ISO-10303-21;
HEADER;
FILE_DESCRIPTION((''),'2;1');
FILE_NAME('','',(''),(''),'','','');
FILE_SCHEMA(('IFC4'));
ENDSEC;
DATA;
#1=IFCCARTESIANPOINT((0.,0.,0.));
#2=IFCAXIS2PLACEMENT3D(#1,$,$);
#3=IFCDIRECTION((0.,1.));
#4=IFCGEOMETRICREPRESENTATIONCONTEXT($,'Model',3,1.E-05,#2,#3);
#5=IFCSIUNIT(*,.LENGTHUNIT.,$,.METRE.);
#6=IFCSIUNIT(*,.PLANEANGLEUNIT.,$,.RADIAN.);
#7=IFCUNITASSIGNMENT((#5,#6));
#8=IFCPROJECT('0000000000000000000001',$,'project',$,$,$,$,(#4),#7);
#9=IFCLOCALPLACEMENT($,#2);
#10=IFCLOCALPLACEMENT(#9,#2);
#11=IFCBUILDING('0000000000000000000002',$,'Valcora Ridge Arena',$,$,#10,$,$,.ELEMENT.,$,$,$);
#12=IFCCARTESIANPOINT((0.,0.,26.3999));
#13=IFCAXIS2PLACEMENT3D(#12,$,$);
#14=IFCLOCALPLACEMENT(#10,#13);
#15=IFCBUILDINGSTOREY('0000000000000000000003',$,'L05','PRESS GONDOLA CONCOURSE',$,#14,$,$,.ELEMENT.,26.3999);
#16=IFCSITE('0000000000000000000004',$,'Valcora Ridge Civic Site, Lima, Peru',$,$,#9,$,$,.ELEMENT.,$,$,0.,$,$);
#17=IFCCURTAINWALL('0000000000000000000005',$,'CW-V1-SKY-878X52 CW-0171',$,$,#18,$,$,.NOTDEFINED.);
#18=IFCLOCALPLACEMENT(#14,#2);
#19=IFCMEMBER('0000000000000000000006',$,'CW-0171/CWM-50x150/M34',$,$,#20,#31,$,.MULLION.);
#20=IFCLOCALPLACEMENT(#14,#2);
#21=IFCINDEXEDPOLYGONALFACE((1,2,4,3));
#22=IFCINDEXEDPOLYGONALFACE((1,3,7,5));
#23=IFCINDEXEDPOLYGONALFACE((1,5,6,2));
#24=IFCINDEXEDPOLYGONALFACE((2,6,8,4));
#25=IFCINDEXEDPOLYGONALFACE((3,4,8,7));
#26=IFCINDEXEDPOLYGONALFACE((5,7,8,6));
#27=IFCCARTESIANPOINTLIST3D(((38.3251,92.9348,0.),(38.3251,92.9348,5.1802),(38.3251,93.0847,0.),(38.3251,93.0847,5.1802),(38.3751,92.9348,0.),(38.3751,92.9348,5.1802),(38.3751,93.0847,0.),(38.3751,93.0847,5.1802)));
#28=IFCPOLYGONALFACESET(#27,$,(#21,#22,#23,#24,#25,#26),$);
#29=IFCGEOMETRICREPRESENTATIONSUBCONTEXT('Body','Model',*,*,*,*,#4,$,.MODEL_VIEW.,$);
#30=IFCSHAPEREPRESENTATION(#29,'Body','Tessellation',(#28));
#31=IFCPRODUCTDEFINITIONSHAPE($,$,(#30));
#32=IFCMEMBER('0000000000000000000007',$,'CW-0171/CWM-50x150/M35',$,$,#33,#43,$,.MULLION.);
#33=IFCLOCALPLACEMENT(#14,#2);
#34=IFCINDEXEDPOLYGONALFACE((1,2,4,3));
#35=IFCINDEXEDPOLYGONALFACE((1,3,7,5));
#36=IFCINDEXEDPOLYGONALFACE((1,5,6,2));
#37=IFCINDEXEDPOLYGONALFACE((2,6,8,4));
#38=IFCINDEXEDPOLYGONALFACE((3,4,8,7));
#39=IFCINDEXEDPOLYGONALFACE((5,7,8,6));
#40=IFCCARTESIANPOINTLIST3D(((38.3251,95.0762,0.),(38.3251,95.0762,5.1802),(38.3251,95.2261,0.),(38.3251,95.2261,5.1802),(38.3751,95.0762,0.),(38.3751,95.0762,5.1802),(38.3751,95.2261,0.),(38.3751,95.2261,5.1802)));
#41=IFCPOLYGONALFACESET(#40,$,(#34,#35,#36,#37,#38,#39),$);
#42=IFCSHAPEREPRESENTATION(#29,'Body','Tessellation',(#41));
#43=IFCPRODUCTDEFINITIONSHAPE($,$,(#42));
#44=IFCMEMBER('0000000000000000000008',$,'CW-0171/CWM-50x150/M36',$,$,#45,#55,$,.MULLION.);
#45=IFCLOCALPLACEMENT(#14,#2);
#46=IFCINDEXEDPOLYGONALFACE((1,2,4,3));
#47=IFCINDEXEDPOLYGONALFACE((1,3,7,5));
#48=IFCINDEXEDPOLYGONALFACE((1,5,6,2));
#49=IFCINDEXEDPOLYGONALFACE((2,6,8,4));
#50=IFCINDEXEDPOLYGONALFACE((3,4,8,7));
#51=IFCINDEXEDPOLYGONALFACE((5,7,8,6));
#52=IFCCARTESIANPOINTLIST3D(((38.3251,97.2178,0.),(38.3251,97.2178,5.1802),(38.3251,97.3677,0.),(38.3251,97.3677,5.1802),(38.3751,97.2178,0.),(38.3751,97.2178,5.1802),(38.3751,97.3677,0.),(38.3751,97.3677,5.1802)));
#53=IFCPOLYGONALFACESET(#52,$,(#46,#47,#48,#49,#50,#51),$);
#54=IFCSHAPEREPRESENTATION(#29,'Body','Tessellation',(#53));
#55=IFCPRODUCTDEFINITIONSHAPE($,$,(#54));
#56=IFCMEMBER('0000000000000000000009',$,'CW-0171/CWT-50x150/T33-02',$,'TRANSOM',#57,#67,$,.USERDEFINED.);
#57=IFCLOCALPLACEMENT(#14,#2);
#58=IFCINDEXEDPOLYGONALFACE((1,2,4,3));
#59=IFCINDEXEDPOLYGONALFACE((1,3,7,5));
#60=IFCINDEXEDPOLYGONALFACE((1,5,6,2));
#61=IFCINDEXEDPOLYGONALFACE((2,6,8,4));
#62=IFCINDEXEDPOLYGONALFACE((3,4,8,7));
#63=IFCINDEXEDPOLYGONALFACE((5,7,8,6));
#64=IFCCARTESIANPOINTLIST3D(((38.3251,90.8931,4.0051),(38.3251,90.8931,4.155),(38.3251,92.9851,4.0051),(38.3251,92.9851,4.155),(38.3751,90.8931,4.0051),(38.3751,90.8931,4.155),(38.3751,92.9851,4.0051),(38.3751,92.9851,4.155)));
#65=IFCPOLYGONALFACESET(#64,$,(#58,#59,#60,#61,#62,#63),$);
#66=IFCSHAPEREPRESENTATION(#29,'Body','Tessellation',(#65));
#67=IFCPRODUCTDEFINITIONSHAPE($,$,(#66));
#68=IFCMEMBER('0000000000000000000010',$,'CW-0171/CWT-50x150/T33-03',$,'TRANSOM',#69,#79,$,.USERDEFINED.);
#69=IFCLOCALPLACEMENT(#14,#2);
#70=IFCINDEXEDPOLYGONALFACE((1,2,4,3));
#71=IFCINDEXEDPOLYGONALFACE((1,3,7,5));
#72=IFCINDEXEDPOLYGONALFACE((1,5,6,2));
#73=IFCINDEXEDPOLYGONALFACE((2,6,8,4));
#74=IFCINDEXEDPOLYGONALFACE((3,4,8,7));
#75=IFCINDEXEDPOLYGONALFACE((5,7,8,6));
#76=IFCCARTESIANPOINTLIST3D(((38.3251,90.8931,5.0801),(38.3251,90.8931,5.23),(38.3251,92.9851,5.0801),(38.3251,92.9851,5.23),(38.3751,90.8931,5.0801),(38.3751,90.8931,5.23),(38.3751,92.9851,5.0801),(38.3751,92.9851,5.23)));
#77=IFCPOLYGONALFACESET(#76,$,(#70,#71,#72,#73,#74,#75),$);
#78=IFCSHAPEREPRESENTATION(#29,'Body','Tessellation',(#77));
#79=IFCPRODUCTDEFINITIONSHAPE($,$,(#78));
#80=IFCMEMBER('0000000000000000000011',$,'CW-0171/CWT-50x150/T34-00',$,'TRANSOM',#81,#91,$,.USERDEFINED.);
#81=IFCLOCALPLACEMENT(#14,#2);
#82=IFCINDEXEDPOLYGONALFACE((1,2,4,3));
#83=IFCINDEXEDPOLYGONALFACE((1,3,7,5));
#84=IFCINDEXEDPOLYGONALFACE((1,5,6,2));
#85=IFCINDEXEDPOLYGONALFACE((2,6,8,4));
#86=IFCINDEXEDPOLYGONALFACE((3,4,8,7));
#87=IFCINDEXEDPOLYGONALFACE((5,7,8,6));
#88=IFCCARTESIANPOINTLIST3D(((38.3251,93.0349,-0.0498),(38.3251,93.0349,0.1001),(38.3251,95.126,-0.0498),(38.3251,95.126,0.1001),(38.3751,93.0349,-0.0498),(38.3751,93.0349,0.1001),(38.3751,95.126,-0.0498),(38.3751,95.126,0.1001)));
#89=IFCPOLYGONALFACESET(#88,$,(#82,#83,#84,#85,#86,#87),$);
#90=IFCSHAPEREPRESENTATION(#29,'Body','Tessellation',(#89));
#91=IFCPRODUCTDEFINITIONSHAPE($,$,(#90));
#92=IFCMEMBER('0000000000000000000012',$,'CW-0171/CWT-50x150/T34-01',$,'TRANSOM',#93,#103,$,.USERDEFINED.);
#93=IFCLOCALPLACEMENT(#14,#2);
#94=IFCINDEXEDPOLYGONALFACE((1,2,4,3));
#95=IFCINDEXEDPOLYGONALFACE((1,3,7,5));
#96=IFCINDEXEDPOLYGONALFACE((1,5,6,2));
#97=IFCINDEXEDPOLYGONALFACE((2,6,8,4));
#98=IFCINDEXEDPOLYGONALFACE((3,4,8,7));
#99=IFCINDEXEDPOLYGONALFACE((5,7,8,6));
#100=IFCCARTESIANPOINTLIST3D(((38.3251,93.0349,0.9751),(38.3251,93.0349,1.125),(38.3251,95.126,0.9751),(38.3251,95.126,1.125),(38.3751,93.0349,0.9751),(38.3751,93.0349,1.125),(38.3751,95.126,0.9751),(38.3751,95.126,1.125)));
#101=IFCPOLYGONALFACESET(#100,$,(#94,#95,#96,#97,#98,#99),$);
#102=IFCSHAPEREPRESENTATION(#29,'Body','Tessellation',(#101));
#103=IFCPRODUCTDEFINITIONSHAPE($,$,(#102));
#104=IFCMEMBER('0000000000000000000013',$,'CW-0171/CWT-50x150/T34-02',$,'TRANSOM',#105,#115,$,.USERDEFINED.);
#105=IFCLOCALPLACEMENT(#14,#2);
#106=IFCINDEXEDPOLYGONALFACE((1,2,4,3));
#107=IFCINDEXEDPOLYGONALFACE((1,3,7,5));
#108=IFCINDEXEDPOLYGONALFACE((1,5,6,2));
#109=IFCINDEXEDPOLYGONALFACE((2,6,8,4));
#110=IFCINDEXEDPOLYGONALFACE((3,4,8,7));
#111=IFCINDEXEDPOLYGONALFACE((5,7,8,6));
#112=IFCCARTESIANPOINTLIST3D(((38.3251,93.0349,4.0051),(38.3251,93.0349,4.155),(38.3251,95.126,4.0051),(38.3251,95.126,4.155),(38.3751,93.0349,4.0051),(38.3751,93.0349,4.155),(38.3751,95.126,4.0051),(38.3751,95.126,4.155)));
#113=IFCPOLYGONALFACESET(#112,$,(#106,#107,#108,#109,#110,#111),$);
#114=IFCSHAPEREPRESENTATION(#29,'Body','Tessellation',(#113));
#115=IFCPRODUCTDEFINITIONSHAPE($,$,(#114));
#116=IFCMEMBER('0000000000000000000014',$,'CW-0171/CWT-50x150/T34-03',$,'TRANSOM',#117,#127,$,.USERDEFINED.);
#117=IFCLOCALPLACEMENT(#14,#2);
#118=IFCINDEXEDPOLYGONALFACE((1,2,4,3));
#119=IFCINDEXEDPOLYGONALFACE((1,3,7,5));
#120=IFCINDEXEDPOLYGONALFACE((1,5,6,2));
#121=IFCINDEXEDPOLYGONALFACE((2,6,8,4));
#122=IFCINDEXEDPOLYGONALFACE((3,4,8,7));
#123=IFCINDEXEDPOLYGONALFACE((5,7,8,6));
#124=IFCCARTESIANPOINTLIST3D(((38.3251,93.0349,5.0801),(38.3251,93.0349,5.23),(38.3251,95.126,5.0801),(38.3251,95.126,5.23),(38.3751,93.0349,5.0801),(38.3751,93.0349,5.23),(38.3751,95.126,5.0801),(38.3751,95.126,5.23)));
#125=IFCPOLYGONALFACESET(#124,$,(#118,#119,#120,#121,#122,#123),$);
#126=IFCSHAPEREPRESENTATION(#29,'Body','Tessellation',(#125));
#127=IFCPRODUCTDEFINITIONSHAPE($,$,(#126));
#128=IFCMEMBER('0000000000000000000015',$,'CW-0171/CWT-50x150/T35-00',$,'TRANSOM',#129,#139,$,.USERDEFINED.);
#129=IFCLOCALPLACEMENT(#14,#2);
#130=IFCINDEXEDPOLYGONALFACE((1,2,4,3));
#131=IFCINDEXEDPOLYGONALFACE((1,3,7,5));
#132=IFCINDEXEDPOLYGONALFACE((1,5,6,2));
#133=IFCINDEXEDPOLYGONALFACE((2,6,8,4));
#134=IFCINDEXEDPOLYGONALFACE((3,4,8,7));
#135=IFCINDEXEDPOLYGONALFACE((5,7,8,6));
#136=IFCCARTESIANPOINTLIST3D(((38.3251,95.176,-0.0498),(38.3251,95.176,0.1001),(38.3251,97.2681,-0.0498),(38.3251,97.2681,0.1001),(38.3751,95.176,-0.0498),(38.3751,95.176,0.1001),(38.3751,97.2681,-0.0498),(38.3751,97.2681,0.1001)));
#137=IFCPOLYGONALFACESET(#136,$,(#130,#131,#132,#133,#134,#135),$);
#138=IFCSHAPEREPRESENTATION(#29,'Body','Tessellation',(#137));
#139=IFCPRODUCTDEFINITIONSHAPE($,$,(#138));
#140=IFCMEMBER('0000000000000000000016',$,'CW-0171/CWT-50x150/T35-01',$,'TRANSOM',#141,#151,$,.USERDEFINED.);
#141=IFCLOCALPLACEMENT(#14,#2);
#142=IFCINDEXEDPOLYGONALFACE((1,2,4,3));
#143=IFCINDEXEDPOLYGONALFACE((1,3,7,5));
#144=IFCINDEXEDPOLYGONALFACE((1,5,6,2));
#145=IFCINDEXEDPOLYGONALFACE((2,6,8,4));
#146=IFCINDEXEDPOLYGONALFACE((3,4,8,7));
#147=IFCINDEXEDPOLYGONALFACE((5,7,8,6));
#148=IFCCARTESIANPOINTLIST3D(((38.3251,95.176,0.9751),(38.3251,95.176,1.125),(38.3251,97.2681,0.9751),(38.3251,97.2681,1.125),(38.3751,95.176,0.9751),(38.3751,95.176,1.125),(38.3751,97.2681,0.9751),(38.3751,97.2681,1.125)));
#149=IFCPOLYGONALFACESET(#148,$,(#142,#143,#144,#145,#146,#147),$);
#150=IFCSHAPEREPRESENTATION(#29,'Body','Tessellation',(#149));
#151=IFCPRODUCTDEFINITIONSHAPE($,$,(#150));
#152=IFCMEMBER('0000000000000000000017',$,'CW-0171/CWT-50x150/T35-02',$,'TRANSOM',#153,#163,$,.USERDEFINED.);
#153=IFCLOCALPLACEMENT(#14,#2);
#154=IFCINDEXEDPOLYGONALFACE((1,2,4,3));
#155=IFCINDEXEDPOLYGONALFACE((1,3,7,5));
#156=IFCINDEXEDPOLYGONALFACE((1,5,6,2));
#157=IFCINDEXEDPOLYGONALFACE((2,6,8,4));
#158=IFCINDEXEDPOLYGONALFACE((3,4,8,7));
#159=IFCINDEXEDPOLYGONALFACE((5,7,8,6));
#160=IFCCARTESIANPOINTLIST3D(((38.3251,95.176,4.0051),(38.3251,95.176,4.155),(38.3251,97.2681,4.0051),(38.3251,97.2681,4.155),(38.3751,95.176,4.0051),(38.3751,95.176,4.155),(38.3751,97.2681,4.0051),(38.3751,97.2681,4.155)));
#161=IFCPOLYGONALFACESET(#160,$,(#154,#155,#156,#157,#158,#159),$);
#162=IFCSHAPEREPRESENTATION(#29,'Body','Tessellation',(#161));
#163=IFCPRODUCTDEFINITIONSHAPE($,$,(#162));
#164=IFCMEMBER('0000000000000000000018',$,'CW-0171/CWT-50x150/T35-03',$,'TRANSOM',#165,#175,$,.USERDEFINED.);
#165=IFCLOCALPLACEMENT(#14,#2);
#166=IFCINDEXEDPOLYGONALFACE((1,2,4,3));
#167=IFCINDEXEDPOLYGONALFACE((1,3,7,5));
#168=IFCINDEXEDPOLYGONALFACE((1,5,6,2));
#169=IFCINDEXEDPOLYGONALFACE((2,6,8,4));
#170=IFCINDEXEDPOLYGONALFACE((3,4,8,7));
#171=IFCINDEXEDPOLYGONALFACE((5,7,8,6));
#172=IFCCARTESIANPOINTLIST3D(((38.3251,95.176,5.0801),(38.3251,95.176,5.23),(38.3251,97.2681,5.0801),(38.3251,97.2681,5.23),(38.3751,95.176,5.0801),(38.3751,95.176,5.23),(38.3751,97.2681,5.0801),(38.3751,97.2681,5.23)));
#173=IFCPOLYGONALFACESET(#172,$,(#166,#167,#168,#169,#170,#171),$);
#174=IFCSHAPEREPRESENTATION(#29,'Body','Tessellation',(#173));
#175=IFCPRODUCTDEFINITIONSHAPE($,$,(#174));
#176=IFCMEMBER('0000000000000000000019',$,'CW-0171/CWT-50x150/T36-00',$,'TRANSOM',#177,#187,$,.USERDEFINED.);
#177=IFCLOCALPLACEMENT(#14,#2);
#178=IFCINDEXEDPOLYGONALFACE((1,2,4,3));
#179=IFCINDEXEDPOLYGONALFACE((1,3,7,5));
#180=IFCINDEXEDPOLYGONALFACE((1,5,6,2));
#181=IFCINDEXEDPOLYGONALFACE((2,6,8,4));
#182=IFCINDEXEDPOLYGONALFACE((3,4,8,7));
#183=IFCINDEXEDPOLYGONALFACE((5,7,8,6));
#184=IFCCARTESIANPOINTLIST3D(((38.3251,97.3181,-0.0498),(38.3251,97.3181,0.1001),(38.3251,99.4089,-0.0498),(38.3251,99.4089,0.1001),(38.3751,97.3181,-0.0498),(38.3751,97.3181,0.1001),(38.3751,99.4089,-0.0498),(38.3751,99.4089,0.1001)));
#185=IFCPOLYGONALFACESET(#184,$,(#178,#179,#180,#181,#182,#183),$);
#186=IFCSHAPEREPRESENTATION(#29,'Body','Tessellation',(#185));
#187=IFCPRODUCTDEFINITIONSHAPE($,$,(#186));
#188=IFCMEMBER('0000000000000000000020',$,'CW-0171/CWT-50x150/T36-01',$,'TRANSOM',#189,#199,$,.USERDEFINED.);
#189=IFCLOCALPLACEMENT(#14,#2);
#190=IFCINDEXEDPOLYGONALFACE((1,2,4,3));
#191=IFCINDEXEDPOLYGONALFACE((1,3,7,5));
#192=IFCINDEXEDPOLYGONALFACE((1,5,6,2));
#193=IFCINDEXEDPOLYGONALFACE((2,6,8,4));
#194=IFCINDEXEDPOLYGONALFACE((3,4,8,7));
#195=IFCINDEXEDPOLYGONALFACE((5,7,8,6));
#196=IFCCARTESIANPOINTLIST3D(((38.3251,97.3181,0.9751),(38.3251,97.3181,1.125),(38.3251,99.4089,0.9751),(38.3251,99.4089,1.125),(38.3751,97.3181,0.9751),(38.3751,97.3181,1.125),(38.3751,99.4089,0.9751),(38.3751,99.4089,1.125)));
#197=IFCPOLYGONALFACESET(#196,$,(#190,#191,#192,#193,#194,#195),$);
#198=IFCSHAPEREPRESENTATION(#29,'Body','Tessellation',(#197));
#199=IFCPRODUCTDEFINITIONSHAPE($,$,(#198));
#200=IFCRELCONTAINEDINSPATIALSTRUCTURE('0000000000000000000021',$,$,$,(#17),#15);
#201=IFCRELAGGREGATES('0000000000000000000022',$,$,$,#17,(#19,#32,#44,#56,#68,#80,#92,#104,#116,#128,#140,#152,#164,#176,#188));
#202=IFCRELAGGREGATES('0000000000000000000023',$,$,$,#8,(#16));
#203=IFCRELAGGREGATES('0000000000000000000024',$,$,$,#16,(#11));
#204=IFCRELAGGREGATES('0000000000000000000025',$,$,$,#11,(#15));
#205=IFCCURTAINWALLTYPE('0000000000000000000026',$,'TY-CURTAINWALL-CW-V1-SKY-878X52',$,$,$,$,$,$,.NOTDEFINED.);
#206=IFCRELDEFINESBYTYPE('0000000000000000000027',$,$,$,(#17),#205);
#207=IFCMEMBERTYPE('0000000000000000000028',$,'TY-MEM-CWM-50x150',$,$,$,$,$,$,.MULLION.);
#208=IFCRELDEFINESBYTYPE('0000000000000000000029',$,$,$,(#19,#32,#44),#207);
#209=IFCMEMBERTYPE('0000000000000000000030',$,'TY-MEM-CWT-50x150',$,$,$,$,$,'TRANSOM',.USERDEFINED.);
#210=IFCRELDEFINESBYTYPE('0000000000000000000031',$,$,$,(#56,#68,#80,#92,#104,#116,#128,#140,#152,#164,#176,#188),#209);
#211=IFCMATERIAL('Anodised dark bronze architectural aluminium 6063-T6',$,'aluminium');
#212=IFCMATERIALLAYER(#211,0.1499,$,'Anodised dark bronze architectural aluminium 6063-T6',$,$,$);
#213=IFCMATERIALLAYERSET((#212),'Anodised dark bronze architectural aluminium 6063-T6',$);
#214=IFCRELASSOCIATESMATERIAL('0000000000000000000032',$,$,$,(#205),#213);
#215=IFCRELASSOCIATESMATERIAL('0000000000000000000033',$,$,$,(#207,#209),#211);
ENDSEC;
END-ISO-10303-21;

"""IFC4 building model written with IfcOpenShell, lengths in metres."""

from ifc_helpers import new_model, si_unit, direction, frame, origin, origin_2d, place, context, subcontext, project, spatial, rectangle, extrude, material, layer, layer_set, material_profile, profile_set, type_object, element, aggregate, save


model = new_model("IFC4")

# Units and contexts
model_context = context("Model", 3, precision=1e-05, world=origin(), true_north=direction((0.0, 1.0)))
body_context = subcontext(model_context, "Body", "Model", "MODEL_VIEW")
ifc_project = project(units=[si_unit("LENGTHUNIT", "METRE"), si_unit("PLANEANGLEUNIT", "RADIAN")], contexts=[model_context])

# Site, building, storey
site_placement = place(None, origin())
site = spatial("IfcSite", under=ifc_project, at=site_placement, Name="Valcora Ridge Civic Site, Lima, Peru", CompositionType="ELEMENT", RefElevation=0.0)
building_placement = place(site_placement, origin())
building = spatial("IfcBuilding", under=site, at=building_placement, Name="Valcora Ridge Arena", CompositionType="ELEMENT")
storey_placement = place(building_placement, frame((0.0, 0.0, 26.3999)))
storey = spatial("IfcBuildingStorey", under=building, at=storey_placement, Name="L05", Description="PRESS GONDOLA CONCOURSE", CompositionType="ELEMENT", Elevation=26.3999)

# Curtain wall, members
ifc_material_1 = material(Name="Anodised dark bronze architectural aluminium 6063-T6", Category="aluminium")
ifc_layer_1 = layer(ifc_material_1, 0.1499, Name="Anodised dark bronze architectural aluminium 6063-T6")
ifc_layer_set_1 = layer_set([ifc_layer_1], Name="Anodised dark bronze architectural aluminium 6063-T6")
curtain_wall_type = type_object("IfcCurtainWallType", Name="TY-CURTAINWALL-CW-V1-SKY-878X52", PredefinedType="NOTDEFINED", material=ifc_layer_set_1)
curtain_wall_placement = place(storey_placement, origin())
curtain_wall = element("IfcCurtainWall", 1, at=curtain_wall_placement, inside=storey, type_object=curtain_wall_type, Name="CW-V1-SKY-878X52 CW-0171", PredefinedType="NOTDEFINED")
ifc_material_profile_1 = material_profile(ifc_material_1, rectangle(XDim=0.05, YDim=0.1499, at=origin_2d()), Name="ALU MULLION 50x150")
ifc_profile_set_1 = profile_set([ifc_material_profile_1], Name="Anodised dark bronze architectural aluminium 6063-T6")
member_type_1 = type_object("IfcMemberType", Name="TY-MEM-CWM-50x150", PredefinedType="MULLION", material=ifc_profile_set_1)
member_1_placement = place(storey_placement, frame((38.3501, 93.0098, 0.0), z_axis=(0.0, 0.0, 1.0), x_axis=(-1.0, 0.0, 0.0)))
member_1 = element("IfcMember", 2, at=member_1_placement, type_object=member_type_1, Name="CW-0171/CWM-50x150/M34", PredefinedType="MULLION", context=body_context, shape_type="SweptSolid", body=[
    extrude(rectangle(XDim=0.05, YDim=0.1499, at=origin_2d()), origin(), (0.0, 0.0, 1.0), 5.1802),
])
member_2_placement = place(storey_placement, frame((38.3501, 95.1511, 0.0), z_axis=(0.0, 0.0, 1.0), x_axis=(-1.0, 0.0, 0.0)))
member_2 = element("IfcMember", 3, at=member_2_placement, type_object=member_type_1, Name="CW-0171/CWM-50x150/M35", PredefinedType="MULLION", context=body_context, shape_type="SweptSolid", body=[
    extrude(rectangle(XDim=0.05, YDim=0.1499, at=origin_2d()), origin(), (0.0, 0.0, 1.0), 5.1802),
])
member_3_placement = place(storey_placement, frame((38.3501, 97.2927, 0.0), z_axis=(0.0, 0.0, 1.0), x_axis=(-1.0, 0.0, 0.0)))
member_3 = element("IfcMember", 4, at=member_3_placement, type_object=member_type_1, Name="CW-0171/CWM-50x150/M36", PredefinedType="MULLION", context=body_context, shape_type="SweptSolid", body=[
    extrude(rectangle(XDim=0.05, YDim=0.1499, at=origin_2d()), origin(), (0.0, 0.0, 1.0), 5.1802),
])
ifc_material_profile_2 = material_profile(ifc_material_1, rectangle(XDim=0.05, YDim=0.1499, at=origin_2d()), Name="ALU TRANSOM 50x150")
ifc_profile_set_2 = profile_set([ifc_material_profile_2], Name="Anodised dark bronze architectural aluminium 6063-T6")
member_type_2 = type_object("IfcMemberType", Name="TY-MEM-CWT-50x150", ElementType="TRANSOM", PredefinedType="USERDEFINED", material=ifc_profile_set_2)
member_4_placement = place(storey_placement, frame((38.3501, 90.8931, 4.0801), z_axis=(0.0, 1.0, 0.0), x_axis=(-1.0, 0.0, 0.0)))
member_4 = element("IfcMember", 5, at=member_4_placement, type_object=member_type_2, Name="CW-0171/CWT-50x150/T33-02", ObjectType="TRANSOM", PredefinedType="USERDEFINED", context=body_context, shape_type="SweptSolid", body=[
    extrude(rectangle(XDim=0.05, YDim=0.1499, at=origin_2d()), origin(), (0.0, 0.0, 1.0), 2.092),
])
member_5_placement = place(storey_placement, frame((38.3501, 90.8931, 5.155), z_axis=(0.0, 1.0, 0.0), x_axis=(-1.0, 0.0, 0.0)))
member_5 = element("IfcMember", 6, at=member_5_placement, type_object=member_type_2, Name="CW-0171/CWT-50x150/T33-03", ObjectType="TRANSOM", PredefinedType="USERDEFINED", context=body_context, shape_type="SweptSolid", body=[
    extrude(rectangle(XDim=0.05, YDim=0.1499, at=origin_2d()), origin(), (0.0, 0.0, 1.0), 2.092),
])
member_6_placement = place(storey_placement, frame((38.3501, 93.0349, 0.0251), z_axis=(0.0, 1.0, 0.0), x_axis=(-1.0, 0.0, 0.0)))
member_6 = element("IfcMember", 7, at=member_6_placement, type_object=member_type_2, Name="CW-0171/CWT-50x150/T34-00", ObjectType="TRANSOM", PredefinedType="USERDEFINED", context=body_context, shape_type="SweptSolid", body=[
    extrude(rectangle(XDim=0.05, YDim=0.1499, at=origin_2d()), origin(), (0.0, 0.0, 1.0), 2.0911),
])
member_7_placement = place(storey_placement, frame((38.3501, 93.0349, 1.05), z_axis=(0.0, 1.0, 0.0), x_axis=(-1.0, 0.0, 0.0)))
member_7 = element("IfcMember", 8, at=member_7_placement, type_object=member_type_2, Name="CW-0171/CWT-50x150/T34-01", ObjectType="TRANSOM", PredefinedType="USERDEFINED", context=body_context, shape_type="SweptSolid", body=[
    extrude(rectangle(XDim=0.05, YDim=0.1499, at=origin_2d()), origin(), (0.0, 0.0, 1.0), 2.0911),
])
member_8_placement = place(storey_placement, frame((38.3501, 93.0349, 4.0801), z_axis=(0.0, 1.0, 0.0), x_axis=(-1.0, 0.0, 0.0)))
member_8 = element("IfcMember", 9, at=member_8_placement, type_object=member_type_2, Name="CW-0171/CWT-50x150/T34-02", ObjectType="TRANSOM", PredefinedType="USERDEFINED", context=body_context, shape_type="SweptSolid", body=[
    extrude(rectangle(XDim=0.05, YDim=0.1499, at=origin_2d()), origin(), (0.0, 0.0, 1.0), 2.0911),
])
member_9_placement = place(storey_placement, frame((38.3501, 93.0349, 5.155), z_axis=(0.0, 1.0, 0.0), x_axis=(-1.0, 0.0, 0.0)))
member_9 = element("IfcMember", 10, at=member_9_placement, type_object=member_type_2, Name="CW-0171/CWT-50x150/T34-03", ObjectType="TRANSOM", PredefinedType="USERDEFINED", context=body_context, shape_type="SweptSolid", body=[
    extrude(rectangle(XDim=0.05, YDim=0.1499, at=origin_2d()), origin(), (0.0, 0.0, 1.0), 2.0911),
])
member_10_placement = place(storey_placement, frame((38.3501, 95.176, 0.0251), z_axis=(0.0, 1.0, 0.0), x_axis=(-1.0, 0.0, 0.0)))
member_10 = element("IfcMember", 11, at=member_10_placement, type_object=member_type_2, Name="CW-0171/CWT-50x150/T35-00", ObjectType="TRANSOM", PredefinedType="USERDEFINED", context=body_context, shape_type="SweptSolid", body=[
    extrude(rectangle(XDim=0.05, YDim=0.1499, at=origin_2d()), origin(), (0.0, 0.0, 1.0), 2.092),
])
member_11_placement = place(storey_placement, frame((38.3501, 95.176, 1.05), z_axis=(0.0, 1.0, 0.0), x_axis=(-1.0, 0.0, 0.0)))
member_11 = element("IfcMember", 12, at=member_11_placement, type_object=member_type_2, Name="CW-0171/CWT-50x150/T35-01", ObjectType="TRANSOM", PredefinedType="USERDEFINED", context=body_context, shape_type="SweptSolid", body=[
    extrude(rectangle(XDim=0.05, YDim=0.1499, at=origin_2d()), origin(), (0.0, 0.0, 1.0), 2.092),
])
member_12_placement = place(storey_placement, frame((38.3501, 95.176, 4.0801), z_axis=(0.0, 1.0, 0.0), x_axis=(-1.0, 0.0, 0.0)))
member_12 = element("IfcMember", 13, at=member_12_placement, type_object=member_type_2, Name="CW-0171/CWT-50x150/T35-02", ObjectType="TRANSOM", PredefinedType="USERDEFINED", context=body_context, shape_type="SweptSolid", body=[
    extrude(rectangle(XDim=0.05, YDim=0.1499, at=origin_2d()), origin(), (0.0, 0.0, 1.0), 2.092),
])
member_13_placement = place(storey_placement, frame((38.3501, 95.176, 5.155), z_axis=(0.0, 1.0, 0.0), x_axis=(-1.0, 0.0, 0.0)))
member_13 = element("IfcMember", 14, at=member_13_placement, type_object=member_type_2, Name="CW-0171/CWT-50x150/T35-03", ObjectType="TRANSOM", PredefinedType="USERDEFINED", context=body_context, shape_type="SweptSolid", body=[
    extrude(rectangle(XDim=0.05, YDim=0.1499, at=origin_2d()), origin(), (0.0, 0.0, 1.0), 2.092),
])
member_14_placement = place(storey_placement, frame((38.3501, 97.3181, 0.0251), z_axis=(0.0, 1.0, 0.0), x_axis=(-1.0, 0.0, 0.0)))
member_14 = element("IfcMember", 15, at=member_14_placement, type_object=member_type_2, Name="CW-0171/CWT-50x150/T36-00", ObjectType="TRANSOM", PredefinedType="USERDEFINED", context=body_context, shape_type="SweptSolid", body=[
    extrude(rectangle(XDim=0.05, YDim=0.1499, at=origin_2d()), origin(), (0.0, 0.0, 1.0), 2.0908),
])
member_15_placement = place(storey_placement, frame((38.3501, 97.3181, 1.05), z_axis=(0.0, 1.0, 0.0), x_axis=(-1.0, 0.0, 0.0)))
member_15 = element("IfcMember", 16, at=member_15_placement, type_object=member_type_2, Name="CW-0171/CWT-50x150/T36-01", ObjectType="TRANSOM", PredefinedType="USERDEFINED", context=body_context, shape_type="SweptSolid", body=[
    extrude(rectangle(XDim=0.05, YDim=0.1499, at=origin_2d()), origin(), (0.0, 0.0, 1.0), 2.0908),
])
aggregate(curtain_wall, [member_1, member_2, member_3, member_4, member_5, member_6, member_7, member_8, member_9, member_10, member_11, member_12, member_13, member_14, member_15])

save(model, "model.ifc")
